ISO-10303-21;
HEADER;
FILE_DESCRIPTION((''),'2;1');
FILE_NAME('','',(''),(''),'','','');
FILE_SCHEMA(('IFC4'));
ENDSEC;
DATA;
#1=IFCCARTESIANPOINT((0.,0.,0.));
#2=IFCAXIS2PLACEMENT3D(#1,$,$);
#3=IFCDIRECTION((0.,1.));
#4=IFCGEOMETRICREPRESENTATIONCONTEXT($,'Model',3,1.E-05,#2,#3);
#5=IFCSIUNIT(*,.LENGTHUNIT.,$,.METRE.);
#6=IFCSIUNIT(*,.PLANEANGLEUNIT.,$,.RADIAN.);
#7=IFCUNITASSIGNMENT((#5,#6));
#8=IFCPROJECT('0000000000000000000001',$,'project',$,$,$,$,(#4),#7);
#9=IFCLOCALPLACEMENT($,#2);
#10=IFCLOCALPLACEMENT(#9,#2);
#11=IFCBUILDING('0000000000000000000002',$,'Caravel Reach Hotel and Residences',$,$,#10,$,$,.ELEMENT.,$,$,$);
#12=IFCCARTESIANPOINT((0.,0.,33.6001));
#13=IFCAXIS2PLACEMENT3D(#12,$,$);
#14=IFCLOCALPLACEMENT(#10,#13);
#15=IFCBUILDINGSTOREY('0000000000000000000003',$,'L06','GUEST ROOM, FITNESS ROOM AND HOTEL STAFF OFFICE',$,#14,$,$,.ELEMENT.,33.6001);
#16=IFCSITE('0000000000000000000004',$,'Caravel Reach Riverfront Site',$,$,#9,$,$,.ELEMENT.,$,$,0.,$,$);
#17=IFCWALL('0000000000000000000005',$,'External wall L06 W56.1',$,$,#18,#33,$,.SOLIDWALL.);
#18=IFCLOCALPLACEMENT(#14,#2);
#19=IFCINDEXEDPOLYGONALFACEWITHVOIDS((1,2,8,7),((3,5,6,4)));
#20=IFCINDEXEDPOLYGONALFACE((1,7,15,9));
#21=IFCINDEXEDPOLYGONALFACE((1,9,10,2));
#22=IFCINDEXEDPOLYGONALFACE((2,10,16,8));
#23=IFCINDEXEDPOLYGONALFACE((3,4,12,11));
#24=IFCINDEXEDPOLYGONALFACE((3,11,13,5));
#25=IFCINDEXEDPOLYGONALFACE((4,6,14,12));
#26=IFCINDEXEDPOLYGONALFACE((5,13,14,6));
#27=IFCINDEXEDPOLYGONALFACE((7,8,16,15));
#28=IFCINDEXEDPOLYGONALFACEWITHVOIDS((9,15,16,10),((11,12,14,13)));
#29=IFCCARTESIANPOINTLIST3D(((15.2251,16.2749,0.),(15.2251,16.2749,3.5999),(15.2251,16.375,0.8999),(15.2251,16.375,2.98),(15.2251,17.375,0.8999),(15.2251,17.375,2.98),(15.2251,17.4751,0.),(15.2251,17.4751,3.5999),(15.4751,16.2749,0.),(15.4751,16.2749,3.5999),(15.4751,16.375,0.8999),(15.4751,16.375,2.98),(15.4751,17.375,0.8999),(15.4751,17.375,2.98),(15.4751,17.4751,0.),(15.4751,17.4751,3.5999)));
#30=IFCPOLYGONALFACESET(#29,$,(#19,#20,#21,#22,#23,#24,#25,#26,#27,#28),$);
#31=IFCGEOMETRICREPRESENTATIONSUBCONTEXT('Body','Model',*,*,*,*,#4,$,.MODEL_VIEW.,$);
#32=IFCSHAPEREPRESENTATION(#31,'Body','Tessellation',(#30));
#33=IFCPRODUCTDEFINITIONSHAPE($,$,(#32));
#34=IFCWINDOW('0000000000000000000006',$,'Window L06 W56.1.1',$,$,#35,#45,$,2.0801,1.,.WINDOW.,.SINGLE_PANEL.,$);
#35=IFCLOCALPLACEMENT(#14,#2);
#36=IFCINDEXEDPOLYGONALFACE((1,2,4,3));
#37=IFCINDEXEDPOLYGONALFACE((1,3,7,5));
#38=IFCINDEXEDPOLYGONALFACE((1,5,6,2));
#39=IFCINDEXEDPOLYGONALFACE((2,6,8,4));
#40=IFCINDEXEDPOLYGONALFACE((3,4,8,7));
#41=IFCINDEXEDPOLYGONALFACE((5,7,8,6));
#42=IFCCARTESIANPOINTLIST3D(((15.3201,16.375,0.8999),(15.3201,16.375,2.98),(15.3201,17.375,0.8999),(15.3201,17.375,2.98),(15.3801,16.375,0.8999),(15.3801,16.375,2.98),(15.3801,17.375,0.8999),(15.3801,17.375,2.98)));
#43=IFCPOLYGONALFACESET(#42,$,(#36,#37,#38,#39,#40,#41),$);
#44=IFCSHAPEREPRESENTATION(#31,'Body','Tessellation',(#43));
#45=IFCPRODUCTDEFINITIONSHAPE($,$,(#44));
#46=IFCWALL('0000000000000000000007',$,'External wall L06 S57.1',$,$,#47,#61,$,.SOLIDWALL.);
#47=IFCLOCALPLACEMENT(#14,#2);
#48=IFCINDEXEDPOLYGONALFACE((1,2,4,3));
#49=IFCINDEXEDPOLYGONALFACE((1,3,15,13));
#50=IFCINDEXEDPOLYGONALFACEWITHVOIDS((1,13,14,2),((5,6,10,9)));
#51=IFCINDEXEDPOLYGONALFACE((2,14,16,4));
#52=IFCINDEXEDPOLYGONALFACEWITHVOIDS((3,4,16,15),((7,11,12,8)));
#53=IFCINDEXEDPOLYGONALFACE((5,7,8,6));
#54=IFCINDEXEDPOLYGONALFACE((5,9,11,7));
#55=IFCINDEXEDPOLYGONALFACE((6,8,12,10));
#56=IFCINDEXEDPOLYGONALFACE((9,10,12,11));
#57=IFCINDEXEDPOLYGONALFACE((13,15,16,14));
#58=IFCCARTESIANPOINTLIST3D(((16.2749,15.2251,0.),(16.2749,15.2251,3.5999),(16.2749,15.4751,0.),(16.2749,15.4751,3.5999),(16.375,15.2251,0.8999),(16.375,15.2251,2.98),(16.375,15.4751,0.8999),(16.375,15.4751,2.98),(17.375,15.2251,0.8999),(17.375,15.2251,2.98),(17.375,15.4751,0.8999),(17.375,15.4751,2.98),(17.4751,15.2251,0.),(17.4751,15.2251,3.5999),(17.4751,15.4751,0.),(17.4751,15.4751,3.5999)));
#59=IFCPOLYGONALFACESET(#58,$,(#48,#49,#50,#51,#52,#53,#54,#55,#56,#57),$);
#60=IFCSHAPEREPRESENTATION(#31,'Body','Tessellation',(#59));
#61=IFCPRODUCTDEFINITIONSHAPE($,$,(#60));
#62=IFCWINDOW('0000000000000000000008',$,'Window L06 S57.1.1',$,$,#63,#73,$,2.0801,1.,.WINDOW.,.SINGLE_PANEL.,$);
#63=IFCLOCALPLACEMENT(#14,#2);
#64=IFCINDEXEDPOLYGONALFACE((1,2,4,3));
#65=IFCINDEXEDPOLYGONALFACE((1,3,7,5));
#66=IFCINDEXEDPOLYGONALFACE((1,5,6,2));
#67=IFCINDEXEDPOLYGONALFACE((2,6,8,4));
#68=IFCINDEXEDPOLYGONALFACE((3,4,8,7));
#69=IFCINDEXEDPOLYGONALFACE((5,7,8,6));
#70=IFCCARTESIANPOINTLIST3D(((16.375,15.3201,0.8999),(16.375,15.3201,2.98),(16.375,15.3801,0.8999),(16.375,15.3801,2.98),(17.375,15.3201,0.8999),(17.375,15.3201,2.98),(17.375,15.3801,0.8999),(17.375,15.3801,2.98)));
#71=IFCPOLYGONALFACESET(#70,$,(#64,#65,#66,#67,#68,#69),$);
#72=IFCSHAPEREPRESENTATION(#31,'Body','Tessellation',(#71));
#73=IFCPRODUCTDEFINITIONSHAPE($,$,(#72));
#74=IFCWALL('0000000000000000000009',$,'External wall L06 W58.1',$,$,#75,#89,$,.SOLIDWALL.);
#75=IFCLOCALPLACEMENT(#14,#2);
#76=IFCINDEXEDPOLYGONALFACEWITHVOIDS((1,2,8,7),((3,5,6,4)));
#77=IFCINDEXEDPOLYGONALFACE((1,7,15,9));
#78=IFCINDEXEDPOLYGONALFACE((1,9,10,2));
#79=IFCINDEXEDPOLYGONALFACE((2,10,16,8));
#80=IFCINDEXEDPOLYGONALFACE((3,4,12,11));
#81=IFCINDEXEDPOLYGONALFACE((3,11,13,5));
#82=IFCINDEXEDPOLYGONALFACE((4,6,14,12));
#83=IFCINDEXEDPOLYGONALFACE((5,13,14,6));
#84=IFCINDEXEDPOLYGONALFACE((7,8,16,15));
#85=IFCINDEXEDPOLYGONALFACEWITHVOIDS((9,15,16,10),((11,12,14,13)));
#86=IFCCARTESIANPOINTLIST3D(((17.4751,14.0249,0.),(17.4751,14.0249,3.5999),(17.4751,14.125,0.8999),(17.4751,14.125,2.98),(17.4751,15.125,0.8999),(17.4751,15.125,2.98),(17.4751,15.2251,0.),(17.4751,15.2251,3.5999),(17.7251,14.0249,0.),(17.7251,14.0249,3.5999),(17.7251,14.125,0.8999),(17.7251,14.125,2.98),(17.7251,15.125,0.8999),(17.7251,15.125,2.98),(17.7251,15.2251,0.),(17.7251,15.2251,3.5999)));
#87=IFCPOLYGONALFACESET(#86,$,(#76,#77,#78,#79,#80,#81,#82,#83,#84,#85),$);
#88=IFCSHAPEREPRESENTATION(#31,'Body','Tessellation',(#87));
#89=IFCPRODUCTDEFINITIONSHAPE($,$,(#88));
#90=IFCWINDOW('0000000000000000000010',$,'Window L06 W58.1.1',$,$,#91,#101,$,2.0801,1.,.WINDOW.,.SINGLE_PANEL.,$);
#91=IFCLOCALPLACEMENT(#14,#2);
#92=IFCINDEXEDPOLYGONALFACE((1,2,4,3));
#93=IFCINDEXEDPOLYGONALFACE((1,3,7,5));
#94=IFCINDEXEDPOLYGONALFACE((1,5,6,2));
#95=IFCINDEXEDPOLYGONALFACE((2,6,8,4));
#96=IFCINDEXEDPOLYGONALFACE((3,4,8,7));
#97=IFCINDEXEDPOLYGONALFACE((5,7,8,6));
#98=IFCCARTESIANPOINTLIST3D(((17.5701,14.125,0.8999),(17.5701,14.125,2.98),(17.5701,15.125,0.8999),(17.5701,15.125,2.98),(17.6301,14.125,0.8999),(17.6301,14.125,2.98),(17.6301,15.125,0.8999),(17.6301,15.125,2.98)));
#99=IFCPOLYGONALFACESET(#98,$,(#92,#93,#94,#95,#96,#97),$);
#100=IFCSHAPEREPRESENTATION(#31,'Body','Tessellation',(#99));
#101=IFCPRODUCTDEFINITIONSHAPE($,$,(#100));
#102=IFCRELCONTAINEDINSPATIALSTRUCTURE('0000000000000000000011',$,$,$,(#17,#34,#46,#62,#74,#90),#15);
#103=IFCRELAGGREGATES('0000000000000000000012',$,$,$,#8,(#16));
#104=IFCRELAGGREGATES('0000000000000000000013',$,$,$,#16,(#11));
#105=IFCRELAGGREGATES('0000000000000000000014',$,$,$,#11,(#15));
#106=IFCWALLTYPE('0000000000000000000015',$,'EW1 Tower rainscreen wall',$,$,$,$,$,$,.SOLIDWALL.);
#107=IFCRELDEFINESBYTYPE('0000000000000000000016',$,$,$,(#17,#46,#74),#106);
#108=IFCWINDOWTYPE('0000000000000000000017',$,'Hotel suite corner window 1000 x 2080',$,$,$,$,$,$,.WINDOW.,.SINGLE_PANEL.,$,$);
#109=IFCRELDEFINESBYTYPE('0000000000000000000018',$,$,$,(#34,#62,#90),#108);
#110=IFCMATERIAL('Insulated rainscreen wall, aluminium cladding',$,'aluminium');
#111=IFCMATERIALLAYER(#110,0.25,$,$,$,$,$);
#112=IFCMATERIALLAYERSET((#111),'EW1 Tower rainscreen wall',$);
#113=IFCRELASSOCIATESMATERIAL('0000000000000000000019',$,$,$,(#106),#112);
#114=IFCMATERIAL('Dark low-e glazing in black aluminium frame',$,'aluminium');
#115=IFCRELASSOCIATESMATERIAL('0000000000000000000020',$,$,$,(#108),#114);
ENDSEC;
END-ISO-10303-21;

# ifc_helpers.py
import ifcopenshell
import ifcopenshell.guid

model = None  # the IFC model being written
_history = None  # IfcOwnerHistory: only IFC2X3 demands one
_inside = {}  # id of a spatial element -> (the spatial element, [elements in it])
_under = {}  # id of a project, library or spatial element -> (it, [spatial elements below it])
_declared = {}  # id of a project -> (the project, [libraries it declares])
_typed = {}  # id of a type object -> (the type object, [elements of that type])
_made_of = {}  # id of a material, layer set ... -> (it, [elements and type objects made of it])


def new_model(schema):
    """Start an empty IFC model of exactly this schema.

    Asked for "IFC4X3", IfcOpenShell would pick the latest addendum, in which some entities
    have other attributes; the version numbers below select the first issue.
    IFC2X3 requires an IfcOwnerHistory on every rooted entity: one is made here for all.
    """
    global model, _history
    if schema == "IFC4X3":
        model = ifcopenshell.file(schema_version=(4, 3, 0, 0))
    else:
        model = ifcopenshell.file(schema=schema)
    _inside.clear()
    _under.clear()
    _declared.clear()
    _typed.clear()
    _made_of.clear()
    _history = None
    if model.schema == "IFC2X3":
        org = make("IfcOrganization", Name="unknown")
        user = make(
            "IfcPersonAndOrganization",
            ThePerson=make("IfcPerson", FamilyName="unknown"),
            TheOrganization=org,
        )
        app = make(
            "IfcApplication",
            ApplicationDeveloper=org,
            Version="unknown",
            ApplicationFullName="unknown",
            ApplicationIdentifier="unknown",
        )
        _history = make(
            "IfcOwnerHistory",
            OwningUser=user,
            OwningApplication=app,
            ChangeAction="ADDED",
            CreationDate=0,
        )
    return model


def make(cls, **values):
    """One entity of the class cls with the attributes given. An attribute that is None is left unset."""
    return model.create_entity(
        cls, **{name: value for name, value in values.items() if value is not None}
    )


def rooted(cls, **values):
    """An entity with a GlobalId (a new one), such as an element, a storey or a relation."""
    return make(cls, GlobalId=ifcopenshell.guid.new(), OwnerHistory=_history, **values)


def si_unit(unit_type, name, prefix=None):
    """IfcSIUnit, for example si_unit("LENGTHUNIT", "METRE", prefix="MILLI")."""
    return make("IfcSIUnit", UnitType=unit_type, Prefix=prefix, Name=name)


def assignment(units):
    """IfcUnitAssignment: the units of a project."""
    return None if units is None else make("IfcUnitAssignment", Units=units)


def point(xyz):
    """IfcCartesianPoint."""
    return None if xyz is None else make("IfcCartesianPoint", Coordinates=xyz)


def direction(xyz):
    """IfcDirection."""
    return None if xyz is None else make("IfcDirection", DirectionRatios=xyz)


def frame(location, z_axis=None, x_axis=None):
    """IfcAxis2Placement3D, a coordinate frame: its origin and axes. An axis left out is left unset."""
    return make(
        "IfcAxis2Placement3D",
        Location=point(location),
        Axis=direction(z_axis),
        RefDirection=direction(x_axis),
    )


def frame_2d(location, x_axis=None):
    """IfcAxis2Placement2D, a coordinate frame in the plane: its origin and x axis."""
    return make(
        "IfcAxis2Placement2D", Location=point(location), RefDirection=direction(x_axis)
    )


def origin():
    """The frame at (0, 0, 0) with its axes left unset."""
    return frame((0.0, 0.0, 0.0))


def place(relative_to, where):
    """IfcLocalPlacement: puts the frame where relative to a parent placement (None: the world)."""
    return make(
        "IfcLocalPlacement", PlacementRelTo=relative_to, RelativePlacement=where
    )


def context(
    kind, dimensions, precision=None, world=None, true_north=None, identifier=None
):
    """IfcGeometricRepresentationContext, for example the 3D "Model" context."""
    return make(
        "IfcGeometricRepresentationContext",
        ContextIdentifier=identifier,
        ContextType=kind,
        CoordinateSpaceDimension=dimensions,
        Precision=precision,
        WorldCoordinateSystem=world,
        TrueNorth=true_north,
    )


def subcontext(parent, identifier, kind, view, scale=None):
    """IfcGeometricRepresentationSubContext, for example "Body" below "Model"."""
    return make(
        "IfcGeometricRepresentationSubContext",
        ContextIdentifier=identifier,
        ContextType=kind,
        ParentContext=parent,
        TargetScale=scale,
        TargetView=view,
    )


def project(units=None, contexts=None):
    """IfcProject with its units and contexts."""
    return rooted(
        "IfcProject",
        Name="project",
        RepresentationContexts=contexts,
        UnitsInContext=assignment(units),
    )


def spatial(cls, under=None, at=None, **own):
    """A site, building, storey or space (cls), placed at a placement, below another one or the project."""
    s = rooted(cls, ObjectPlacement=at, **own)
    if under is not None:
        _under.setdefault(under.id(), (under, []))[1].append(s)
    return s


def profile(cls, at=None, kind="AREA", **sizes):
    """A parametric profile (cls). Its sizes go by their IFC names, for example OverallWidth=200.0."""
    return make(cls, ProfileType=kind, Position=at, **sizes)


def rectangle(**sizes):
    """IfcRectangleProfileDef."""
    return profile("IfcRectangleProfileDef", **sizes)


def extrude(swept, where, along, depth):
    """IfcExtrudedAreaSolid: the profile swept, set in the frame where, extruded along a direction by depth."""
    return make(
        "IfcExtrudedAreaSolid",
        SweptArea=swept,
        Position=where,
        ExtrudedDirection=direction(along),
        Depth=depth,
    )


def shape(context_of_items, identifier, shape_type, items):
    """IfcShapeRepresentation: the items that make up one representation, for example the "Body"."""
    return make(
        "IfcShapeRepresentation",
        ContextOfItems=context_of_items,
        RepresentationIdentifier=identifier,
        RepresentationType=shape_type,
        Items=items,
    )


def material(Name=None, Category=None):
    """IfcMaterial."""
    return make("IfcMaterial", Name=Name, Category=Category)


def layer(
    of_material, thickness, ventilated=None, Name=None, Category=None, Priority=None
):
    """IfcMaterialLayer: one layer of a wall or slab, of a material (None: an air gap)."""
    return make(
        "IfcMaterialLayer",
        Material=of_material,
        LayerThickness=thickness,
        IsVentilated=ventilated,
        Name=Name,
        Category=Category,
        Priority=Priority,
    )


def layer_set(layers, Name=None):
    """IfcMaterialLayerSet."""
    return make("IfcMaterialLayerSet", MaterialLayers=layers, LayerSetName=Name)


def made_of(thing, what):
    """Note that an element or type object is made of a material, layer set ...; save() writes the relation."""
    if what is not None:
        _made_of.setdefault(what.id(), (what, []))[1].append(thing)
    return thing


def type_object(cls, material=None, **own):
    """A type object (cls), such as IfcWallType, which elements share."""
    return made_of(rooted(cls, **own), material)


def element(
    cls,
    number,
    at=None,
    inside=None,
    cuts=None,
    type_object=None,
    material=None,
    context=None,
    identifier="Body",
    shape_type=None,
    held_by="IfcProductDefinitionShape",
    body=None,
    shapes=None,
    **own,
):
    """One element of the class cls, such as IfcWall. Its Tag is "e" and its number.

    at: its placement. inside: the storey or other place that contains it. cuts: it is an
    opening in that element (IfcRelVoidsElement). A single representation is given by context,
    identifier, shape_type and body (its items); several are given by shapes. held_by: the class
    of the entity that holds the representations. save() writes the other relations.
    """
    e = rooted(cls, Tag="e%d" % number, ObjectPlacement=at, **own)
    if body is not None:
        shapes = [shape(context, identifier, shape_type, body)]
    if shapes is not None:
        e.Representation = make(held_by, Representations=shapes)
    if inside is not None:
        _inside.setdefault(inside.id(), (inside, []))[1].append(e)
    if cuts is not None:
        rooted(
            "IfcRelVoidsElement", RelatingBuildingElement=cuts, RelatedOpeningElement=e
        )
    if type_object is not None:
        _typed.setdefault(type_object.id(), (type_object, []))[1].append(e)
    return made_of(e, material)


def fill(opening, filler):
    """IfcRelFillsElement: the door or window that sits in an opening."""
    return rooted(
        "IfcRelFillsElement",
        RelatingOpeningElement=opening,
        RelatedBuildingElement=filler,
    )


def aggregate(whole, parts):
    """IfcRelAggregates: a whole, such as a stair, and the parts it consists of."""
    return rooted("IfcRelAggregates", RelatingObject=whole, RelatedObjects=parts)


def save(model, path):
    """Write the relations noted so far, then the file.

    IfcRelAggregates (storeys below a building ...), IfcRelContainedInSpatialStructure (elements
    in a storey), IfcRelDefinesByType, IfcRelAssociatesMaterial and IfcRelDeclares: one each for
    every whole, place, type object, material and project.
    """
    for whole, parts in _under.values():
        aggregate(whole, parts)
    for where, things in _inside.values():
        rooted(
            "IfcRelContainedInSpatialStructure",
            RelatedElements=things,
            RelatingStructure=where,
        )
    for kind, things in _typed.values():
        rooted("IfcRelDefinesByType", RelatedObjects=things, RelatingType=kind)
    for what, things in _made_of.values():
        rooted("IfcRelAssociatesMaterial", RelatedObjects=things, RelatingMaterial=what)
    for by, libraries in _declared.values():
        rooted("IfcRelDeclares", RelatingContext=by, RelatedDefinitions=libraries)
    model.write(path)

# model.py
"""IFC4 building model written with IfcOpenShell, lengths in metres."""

from ifc_helpers import new_model, si_unit, direction, frame, frame_2d, origin, place, context, subcontext, project, spatial, rectangle, extrude, material, layer, layer_set, type_object, element, fill, save


model = new_model("IFC4")

# Units and contexts
model_context = context("Model", 3, precision=1e-05, world=origin(), true_north=direction((0.0, 1.0)))
body_context = subcontext(model_context, "Body", "Model", "MODEL_VIEW")
ifc_project = project(units=[si_unit("LENGTHUNIT", "METRE"), si_unit("PLANEANGLEUNIT", "RADIAN")], contexts=[model_context])

# Site, building, storey
site_placement = place(None, origin())
site = spatial("IfcSite", under=ifc_project, at=site_placement, Name="Caravel Reach Riverfront Site", CompositionType="ELEMENT", RefElevation=0.0)
building_placement = place(site_placement, origin())
building = spatial("IfcBuilding", under=site, at=building_placement, Name="Caravel Reach Hotel and Residences", CompositionType="ELEMENT")
storey_placement = place(building_placement, frame((0.0, 0.0, 33.6001)))
storey = spatial("IfcBuildingStorey", under=building, at=storey_placement, Name="L06", Description="GUEST ROOM, FITNESS ROOM AND HOTEL STAFF OFFICE", CompositionType="ELEMENT", Elevation=33.6001)

# Walls, openings, windows
ifc_material_1 = material(Name="Insulated rainscreen wall, aluminium cladding", Category="aluminium")
ifc_layer_1 = layer(ifc_material_1, 0.25)
ifc_layer_set_1 = layer_set([ifc_layer_1], Name="EW1 Tower rainscreen wall")
wall_type_1 = type_object("IfcWallType", Name="EW1 Tower rainscreen wall", PredefinedType="SOLIDWALL", material=ifc_layer_set_1)
wall_1_placement = place(storey_placement, frame((15.3501, 17.4751, 0.0), z_axis=(0.0, 0.0, 1.0), x_axis=(0.0, -1.0, 0.0)))
wall_1 = element("IfcWall", 1, at=wall_1_placement, inside=storey, type_object=wall_type_1, Name="External wall L06 W56.1", PredefinedType="SOLIDWALL", context=body_context, shape_type="SweptSolid", body=[
    extrude(rectangle(XDim=1.2002, YDim=0.25, at=frame_2d((0.6001, 0.0))), origin(), (0.0, 0.0, 1.0), 3.5999),
])
opening_1_placement = place(wall_1_placement, frame((0.1001, 0.0, 0.8999)))
opening_1 = element("IfcOpeningElement", 2, at=opening_1_placement, cuts=wall_1, PredefinedType="OPENING", context=body_context, shape_type="SweptSolid", body=[
    extrude(rectangle(XDim=1.0, YDim=2.0801, at=frame_2d((0.5, 1.04))), frame((0.0, 0.135, 0.0), z_axis=(0.0, -1.0, 0.0), x_axis=(1.0, 0.0, 0.0)), (0.0, 0.0, 1.0), 0.27),
])
ifc_material_2 = material(Name="Dark low-e glazing in black aluminium frame", Category="aluminium")
window_type = type_object("IfcWindowType", Name="Hotel suite corner window 1000 x 2080", PartitioningType="SINGLE_PANEL", PredefinedType="WINDOW", material=ifc_material_2)
window_1_placement = place(opening_1_placement, origin())
window_1 = element("IfcWindow", 3, at=window_1_placement, inside=storey, type_object=window_type, Name="Window L06 W56.1.1", OverallHeight=2.0801, OverallWidth=1.0, PartitioningType="SINGLE_PANEL", PredefinedType="WINDOW", context=body_context, shape_type="SweptSolid", body=[
    extrude(rectangle(XDim=1.0, YDim=2.0801, at=frame_2d((0.5, 1.04))), frame((0.0, 0.03, 0.0), z_axis=(0.0, -1.0, 0.0), x_axis=(1.0, 0.0, 0.0)), (0.0, 0.0, 1.0), 0.0601),
])
fill(opening_1, window_1)
wall_2_placement = place(storey_placement, frame((16.2749, 15.3501, 0.0), z_axis=(0.0, 0.0, 1.0), x_axis=(1.0, 0.0, 0.0)))
wall_2 = element("IfcWall", 4, at=wall_2_placement, inside=storey, type_object=wall_type_1, Name="External wall L06 S57.1", PredefinedType="SOLIDWALL", context=body_context, shape_type="SweptSolid", body=[
    extrude(rectangle(XDim=1.2002, YDim=0.25, at=frame_2d((0.6001, 0.0))), origin(), (0.0, 0.0, 1.0), 3.5999),
])
opening_2_placement = place(wall_2_placement, frame((0.1001, 0.0, 0.8999)))
opening_2 = element("IfcOpeningElement", 5, at=opening_2_placement, cuts=wall_2, PredefinedType="OPENING", context=body_context, shape_type="SweptSolid", body=[
    extrude(rectangle(XDim=1.0, YDim=2.0801, at=frame_2d((0.5, 1.04))), frame((0.0, 0.135, 0.0), z_axis=(0.0, -1.0, 0.0), x_axis=(1.0, 0.0, 0.0)), (0.0, 0.0, 1.0), 0.27),
])
window_2_placement = place(opening_2_placement, origin())
window_2 = element("IfcWindow", 6, at=window_2_placement, inside=storey, type_object=window_type, Name="Window L06 S57.1.1", OverallHeight=2.0801, OverallWidth=1.0, PartitioningType="SINGLE_PANEL", PredefinedType="WINDOW", context=body_context, shape_type="SweptSolid", body=[
    extrude(rectangle(XDim=1.0, YDim=2.0801, at=frame_2d((0.5, 1.04))), frame((0.0, 0.03, 0.0), z_axis=(0.0, -1.0, 0.0), x_axis=(1.0, 0.0, 0.0)), (0.0, 0.0, 1.0), 0.0601),
])
fill(opening_2, window_2)
wall_3_placement = place(storey_placement, frame((17.6001, 15.2251, 0.0), z_axis=(0.0, 0.0, 1.0), x_axis=(0.0, -1.0, 0.0)))
wall_3 = element("IfcWall", 7, at=wall_3_placement, inside=storey, type_object=wall_type_1, Name="External wall L06 W58.1", PredefinedType="SOLIDWALL", context=body_context, shape_type="SweptSolid", body=[
    extrude(rectangle(XDim=1.2002, YDim=0.25, at=frame_2d((0.6001, 0.0))), origin(), (0.0, 0.0, 1.0), 3.5999),
])
opening_3_placement = place(wall_3_placement, frame((0.1001, 0.0, 0.8999)))
opening_3 = element("IfcOpeningElement", 8, at=opening_3_placement, cuts=wall_3, PredefinedType="OPENING", context=body_context, shape_type="SweptSolid", body=[
    extrude(rectangle(XDim=1.0, YDim=2.0801, at=frame_2d((0.5, 1.04))), frame((0.0, 0.135, 0.0), z_axis=(0.0, -1.0, 0.0), x_axis=(1.0, 0.0, 0.0)), (0.0, 0.0, 1.0), 0.27),
])
window_3_placement = place(opening_3_placement, origin())
window_3 = element("IfcWindow", 9, at=window_3_placement, inside=storey, type_object=window_type, Name="Window L06 W58.1.1", OverallHeight=2.0801, OverallWidth=1.0, PartitioningType="SINGLE_PANEL", PredefinedType="WINDOW", context=body_context, shape_type="SweptSolid", body=[
    extrude(rectangle(XDim=1.0, YDim=2.0801, at=frame_2d((0.5, 1.04))), frame((0.0, 0.03, 0.0), z_axis=(0.0, -1.0, 0.0), x_axis=(1.0, 0.0, 0.0)), (0.0, 0.0, 1.0), 0.0601),
])
fill(opening_3, window_3)

save(model, "model.ifc")
